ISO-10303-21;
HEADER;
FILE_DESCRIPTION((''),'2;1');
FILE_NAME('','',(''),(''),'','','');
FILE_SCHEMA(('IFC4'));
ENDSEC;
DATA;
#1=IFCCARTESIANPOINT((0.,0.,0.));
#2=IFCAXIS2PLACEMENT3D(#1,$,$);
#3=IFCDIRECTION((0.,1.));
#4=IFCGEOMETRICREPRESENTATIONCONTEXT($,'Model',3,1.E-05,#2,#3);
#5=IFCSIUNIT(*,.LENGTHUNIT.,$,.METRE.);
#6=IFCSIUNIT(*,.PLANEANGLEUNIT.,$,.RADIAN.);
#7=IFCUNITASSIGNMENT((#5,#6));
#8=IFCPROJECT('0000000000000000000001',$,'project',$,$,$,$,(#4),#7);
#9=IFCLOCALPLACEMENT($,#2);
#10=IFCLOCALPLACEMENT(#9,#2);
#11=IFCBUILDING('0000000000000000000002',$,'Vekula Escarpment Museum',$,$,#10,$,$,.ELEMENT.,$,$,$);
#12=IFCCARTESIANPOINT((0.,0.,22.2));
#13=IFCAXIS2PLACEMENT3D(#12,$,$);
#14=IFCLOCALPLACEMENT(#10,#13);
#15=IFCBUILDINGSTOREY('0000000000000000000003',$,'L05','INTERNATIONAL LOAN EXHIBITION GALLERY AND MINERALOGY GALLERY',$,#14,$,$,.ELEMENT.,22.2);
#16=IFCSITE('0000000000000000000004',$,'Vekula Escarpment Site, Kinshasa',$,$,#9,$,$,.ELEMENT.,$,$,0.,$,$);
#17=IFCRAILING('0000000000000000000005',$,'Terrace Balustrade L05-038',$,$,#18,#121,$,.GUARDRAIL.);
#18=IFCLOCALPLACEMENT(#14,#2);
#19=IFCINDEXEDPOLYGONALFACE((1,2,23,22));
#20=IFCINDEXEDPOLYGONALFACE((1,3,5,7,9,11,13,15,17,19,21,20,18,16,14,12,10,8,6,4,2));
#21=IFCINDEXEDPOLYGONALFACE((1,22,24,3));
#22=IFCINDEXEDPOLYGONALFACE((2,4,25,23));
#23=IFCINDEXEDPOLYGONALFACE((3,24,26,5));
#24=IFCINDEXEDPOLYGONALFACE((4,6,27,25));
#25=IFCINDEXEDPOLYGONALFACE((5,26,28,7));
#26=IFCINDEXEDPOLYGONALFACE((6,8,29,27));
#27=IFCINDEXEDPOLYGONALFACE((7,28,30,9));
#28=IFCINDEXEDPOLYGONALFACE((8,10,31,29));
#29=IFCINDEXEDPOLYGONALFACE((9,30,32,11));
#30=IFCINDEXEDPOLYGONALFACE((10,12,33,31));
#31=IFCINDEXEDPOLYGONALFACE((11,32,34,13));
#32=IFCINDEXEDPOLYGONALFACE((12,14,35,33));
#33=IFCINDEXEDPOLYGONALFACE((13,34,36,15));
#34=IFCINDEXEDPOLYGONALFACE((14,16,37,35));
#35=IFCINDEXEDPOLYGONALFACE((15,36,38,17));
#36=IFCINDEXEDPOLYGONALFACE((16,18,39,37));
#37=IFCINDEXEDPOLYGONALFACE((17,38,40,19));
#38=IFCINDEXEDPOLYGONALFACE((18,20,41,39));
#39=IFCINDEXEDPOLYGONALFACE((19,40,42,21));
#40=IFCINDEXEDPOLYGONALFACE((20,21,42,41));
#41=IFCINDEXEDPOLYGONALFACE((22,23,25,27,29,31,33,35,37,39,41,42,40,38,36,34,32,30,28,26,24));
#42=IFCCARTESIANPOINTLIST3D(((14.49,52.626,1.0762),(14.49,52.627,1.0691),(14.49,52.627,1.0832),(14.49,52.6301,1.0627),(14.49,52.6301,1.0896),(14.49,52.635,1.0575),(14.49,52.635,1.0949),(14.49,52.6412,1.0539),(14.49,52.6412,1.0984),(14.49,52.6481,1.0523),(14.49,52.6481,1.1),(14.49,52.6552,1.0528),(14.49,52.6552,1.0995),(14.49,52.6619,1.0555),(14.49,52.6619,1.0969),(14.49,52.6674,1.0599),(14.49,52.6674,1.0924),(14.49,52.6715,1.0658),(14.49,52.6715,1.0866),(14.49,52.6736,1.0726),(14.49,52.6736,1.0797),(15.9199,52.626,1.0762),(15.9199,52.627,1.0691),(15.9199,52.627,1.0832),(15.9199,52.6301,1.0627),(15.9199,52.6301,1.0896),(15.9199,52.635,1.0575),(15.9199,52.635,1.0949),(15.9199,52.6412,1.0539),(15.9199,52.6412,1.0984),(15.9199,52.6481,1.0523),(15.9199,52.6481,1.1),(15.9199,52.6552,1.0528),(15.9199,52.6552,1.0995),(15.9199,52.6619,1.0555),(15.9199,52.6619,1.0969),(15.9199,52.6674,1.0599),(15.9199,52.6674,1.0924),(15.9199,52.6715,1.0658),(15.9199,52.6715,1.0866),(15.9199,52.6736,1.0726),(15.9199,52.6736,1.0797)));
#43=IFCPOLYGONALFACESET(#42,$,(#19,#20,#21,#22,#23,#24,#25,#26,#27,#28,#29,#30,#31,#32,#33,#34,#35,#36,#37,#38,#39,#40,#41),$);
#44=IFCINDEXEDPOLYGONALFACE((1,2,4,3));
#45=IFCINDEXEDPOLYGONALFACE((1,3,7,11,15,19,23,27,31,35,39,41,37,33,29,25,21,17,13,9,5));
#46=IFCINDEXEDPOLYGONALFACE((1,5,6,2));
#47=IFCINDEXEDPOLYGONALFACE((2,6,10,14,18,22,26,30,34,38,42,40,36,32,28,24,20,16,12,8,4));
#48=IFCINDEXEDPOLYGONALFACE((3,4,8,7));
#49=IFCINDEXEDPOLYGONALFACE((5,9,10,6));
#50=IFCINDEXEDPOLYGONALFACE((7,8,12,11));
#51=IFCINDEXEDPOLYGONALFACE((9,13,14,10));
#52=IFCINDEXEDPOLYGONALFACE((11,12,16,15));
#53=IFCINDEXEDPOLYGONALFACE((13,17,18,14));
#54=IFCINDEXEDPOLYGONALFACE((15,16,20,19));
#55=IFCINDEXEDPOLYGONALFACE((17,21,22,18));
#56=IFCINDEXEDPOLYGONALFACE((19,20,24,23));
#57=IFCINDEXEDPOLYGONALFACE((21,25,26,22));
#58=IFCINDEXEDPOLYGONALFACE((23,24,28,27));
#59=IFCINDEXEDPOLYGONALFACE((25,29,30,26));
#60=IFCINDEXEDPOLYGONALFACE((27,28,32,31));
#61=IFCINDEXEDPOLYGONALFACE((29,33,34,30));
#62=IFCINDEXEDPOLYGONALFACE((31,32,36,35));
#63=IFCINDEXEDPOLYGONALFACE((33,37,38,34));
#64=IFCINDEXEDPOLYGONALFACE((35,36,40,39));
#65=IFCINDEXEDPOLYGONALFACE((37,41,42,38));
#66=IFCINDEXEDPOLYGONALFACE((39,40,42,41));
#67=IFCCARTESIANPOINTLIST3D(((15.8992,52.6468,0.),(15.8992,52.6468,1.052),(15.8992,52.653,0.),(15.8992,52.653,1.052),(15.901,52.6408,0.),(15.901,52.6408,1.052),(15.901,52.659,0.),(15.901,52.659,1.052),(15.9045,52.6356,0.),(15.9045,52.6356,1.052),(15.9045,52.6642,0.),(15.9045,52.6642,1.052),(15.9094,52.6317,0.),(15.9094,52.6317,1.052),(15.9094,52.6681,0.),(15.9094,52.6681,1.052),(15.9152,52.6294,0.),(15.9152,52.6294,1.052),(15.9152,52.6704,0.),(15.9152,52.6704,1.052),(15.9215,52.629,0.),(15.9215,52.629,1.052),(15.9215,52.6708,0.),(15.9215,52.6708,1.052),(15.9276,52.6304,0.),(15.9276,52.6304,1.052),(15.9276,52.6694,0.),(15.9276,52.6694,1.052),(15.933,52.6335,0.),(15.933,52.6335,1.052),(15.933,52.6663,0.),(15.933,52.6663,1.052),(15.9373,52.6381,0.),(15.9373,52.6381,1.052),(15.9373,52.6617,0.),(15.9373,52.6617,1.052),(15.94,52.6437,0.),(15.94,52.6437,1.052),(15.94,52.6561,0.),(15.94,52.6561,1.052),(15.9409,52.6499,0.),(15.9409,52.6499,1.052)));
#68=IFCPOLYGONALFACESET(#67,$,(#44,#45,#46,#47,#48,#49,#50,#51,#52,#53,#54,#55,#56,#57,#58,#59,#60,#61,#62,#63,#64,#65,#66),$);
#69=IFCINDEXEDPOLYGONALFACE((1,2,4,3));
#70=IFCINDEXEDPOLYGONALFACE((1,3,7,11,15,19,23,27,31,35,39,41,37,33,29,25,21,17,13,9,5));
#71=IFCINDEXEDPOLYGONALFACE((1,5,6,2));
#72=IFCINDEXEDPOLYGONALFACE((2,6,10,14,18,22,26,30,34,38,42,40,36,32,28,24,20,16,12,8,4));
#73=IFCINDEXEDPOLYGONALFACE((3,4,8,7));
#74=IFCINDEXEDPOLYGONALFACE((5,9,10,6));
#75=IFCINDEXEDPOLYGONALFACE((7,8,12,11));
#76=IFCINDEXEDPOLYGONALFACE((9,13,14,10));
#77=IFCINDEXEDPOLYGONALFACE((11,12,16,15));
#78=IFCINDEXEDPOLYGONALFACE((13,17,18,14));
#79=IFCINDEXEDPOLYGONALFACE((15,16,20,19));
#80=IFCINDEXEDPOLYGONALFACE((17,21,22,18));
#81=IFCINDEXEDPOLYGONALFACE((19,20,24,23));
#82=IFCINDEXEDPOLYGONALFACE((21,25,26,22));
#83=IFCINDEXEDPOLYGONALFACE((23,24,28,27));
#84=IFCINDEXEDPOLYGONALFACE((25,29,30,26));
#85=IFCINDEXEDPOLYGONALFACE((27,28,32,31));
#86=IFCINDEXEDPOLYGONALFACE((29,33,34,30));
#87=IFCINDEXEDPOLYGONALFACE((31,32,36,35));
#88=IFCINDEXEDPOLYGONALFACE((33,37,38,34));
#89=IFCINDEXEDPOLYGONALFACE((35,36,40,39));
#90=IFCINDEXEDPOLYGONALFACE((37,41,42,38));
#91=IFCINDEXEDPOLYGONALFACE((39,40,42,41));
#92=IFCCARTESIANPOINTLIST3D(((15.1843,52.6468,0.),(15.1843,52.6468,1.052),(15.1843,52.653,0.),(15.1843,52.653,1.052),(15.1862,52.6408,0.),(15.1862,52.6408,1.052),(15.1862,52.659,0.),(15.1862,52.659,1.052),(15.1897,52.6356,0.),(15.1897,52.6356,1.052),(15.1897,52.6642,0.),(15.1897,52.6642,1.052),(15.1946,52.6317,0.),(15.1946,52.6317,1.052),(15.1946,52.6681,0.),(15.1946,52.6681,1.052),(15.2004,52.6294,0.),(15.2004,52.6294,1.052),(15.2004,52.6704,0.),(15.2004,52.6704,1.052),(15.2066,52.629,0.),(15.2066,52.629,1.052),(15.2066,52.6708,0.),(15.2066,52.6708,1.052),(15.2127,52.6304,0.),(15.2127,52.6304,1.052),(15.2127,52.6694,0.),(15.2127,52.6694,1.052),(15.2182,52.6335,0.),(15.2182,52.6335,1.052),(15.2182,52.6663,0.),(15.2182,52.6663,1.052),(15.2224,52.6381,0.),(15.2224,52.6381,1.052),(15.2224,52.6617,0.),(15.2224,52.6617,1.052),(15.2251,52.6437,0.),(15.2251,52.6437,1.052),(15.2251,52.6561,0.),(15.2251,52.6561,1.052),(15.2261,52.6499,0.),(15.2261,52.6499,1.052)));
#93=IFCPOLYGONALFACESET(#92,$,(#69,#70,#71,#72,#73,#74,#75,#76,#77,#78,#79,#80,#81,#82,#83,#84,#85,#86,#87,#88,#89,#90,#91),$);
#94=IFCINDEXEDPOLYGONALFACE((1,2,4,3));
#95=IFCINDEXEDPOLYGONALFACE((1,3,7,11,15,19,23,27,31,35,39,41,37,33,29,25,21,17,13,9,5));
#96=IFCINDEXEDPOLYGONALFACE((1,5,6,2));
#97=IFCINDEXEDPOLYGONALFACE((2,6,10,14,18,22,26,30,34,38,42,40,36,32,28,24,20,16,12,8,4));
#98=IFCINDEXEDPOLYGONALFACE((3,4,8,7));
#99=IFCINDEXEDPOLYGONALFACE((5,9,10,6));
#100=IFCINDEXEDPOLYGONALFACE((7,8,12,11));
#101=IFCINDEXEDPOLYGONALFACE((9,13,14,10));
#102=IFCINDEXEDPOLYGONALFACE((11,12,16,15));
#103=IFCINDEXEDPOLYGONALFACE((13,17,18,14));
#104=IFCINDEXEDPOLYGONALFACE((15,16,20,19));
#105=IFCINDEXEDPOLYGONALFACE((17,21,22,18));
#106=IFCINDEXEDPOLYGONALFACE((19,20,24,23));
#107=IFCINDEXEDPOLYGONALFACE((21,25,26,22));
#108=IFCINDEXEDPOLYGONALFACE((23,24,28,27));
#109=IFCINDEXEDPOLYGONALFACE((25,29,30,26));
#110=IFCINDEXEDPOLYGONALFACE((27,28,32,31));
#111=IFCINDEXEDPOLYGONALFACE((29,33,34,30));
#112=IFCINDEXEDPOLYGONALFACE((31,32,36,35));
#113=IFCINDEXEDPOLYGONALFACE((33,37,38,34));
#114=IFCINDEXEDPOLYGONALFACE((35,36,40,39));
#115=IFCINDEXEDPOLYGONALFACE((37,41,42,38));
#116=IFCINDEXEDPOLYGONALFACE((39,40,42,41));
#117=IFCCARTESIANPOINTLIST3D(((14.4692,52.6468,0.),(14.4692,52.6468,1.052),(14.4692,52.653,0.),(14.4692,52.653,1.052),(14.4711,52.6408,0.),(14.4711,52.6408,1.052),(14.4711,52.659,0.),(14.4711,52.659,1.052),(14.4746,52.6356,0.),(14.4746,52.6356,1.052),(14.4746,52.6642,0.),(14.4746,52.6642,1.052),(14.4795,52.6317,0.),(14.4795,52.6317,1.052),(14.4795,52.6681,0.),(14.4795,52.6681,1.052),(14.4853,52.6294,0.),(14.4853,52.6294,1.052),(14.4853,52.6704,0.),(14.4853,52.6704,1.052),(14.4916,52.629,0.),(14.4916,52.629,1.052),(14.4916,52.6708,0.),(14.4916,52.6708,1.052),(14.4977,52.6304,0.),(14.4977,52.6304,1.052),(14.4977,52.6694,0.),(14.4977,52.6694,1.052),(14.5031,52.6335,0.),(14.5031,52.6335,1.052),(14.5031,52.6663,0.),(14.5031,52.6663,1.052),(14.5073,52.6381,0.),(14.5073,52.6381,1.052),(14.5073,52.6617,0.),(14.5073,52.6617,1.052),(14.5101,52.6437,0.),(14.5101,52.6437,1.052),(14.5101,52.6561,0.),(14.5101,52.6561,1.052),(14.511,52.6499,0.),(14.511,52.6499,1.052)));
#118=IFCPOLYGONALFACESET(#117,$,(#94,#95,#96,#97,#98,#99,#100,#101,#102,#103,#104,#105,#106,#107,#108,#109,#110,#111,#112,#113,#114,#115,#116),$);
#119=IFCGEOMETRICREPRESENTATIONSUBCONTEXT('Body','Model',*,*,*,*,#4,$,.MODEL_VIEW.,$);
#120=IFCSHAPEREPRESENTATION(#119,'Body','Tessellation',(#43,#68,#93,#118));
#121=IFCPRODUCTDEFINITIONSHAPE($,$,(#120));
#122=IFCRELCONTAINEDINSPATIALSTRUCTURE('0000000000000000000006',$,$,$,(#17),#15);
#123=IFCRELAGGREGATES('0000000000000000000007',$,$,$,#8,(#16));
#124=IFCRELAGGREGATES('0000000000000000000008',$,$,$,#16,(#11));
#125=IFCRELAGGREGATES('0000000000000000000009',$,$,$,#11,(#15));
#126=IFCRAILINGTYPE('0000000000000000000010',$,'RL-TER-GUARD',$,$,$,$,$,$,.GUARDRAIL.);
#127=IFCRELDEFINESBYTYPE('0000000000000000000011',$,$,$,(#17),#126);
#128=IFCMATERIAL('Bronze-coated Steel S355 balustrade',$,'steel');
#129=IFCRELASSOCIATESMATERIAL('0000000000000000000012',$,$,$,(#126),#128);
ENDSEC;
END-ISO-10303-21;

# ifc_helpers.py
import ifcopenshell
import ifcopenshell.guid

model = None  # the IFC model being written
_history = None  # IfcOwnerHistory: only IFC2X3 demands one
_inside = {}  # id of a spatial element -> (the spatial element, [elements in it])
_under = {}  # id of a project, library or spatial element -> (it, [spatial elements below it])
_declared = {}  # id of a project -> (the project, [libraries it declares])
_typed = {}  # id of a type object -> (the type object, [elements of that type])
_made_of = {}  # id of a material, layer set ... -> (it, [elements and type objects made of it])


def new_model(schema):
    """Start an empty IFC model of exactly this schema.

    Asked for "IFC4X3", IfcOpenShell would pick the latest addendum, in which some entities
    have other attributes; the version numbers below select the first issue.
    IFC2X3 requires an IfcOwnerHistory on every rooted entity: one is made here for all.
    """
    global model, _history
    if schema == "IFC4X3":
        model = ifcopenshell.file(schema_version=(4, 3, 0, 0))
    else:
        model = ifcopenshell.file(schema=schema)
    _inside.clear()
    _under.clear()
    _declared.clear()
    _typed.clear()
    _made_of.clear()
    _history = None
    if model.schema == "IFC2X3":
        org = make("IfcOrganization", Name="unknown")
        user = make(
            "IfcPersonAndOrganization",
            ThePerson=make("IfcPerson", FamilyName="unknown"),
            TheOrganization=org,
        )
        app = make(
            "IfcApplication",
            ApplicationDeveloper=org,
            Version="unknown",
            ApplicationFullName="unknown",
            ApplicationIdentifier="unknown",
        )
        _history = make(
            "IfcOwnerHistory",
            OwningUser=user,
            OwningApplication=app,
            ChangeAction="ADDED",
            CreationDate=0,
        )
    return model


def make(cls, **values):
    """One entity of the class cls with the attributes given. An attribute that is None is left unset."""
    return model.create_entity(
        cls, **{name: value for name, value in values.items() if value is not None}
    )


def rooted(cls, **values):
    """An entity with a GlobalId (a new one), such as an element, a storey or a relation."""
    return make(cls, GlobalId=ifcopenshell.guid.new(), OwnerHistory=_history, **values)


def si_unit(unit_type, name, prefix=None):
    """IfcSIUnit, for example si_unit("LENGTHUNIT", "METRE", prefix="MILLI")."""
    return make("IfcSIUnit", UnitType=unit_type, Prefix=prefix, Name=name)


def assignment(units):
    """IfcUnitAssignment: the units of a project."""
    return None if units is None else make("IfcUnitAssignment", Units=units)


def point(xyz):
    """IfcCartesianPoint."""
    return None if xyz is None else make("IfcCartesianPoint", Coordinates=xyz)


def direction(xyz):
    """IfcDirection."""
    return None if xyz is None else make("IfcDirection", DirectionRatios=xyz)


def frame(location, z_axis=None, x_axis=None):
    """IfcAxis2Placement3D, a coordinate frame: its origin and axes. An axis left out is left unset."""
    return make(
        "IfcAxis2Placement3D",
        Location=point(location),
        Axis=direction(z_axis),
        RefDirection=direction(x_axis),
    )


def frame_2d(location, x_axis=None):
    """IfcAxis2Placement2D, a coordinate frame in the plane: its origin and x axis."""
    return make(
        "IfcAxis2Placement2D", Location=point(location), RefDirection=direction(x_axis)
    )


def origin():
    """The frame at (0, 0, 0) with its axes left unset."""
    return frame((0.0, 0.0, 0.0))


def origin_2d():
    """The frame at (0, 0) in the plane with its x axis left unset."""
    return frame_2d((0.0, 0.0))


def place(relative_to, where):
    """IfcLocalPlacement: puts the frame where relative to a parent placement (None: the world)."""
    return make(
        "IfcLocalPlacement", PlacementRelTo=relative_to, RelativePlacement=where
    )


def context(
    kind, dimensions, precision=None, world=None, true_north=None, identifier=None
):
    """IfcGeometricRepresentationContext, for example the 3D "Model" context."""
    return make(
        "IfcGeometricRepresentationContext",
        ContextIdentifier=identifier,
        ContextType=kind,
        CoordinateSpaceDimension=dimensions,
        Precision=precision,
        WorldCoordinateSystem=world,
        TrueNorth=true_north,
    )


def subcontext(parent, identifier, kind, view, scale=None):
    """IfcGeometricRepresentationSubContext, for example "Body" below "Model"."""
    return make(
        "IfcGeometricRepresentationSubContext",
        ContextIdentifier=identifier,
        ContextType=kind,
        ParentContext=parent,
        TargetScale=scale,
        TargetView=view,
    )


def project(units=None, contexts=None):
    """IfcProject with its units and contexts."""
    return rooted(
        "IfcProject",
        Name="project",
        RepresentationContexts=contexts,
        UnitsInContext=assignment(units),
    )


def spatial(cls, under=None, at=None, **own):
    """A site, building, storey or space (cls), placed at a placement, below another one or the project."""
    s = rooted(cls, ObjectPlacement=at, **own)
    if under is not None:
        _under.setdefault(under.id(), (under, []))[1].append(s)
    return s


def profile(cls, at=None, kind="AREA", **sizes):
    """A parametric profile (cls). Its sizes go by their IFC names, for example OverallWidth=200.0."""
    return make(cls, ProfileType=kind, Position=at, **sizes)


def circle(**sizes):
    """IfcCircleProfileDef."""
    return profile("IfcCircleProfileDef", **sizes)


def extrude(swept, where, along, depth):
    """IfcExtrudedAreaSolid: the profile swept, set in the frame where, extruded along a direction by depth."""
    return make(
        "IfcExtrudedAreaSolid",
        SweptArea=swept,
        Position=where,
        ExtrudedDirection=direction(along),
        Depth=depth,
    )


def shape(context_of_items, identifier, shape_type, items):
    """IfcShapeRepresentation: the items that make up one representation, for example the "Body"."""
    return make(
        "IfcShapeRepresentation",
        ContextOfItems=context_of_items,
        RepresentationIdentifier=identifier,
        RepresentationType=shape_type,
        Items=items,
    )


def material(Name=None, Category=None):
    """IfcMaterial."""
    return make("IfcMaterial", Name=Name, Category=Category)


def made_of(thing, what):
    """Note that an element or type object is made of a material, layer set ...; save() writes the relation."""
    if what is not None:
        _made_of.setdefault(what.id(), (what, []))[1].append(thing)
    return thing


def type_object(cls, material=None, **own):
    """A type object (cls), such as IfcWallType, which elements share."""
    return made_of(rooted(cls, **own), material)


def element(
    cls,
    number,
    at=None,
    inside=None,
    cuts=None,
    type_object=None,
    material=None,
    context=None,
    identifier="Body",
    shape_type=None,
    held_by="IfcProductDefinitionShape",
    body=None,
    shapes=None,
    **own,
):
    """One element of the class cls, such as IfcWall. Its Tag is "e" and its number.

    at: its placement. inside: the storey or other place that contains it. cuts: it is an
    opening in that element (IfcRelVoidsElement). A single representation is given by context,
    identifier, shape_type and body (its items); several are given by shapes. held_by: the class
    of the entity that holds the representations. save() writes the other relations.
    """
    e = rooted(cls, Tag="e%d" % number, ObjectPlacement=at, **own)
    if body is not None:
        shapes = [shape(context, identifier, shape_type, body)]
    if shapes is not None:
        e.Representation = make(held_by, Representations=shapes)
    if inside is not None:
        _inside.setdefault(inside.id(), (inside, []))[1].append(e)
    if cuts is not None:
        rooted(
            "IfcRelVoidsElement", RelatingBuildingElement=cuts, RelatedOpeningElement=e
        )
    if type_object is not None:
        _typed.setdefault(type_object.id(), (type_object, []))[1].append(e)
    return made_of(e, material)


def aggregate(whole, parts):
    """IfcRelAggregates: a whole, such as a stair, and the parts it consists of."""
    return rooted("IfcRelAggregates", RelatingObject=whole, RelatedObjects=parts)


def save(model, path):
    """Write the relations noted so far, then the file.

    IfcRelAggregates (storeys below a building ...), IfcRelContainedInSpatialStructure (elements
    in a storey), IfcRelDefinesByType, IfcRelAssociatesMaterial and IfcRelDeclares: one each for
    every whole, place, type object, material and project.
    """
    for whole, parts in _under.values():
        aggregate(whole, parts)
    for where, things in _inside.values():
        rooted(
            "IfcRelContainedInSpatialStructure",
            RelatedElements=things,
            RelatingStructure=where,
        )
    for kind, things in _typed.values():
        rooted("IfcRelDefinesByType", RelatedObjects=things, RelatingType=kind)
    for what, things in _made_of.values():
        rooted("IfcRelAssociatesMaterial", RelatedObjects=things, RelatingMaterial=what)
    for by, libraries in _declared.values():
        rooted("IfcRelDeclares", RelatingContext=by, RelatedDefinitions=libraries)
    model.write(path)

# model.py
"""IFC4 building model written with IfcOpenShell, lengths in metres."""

from ifc_helpers import new_model, si_unit, direction, frame, origin, origin_2d, place, context, subcontext, project, spatial, circle, extrude, material, type_object, element, save


model = new_model("IFC4")

# Units and contexts
model_context = context("Model", 3, precision=1e-05, world=origin(), true_north=direction((0.0, 1.0)))
body_context = subcontext(model_context, "Body", "Model", "MODEL_VIEW")
ifc_project = project(units=[si_unit("LENGTHUNIT", "METRE"), si_unit("PLANEANGLEUNIT", "RADIAN")], contexts=[model_context])

# Site, building, storey
site_placement = place(None, origin())
site = spatial("IfcSite", under=ifc_project, at=site_placement, Name="Vekula Escarpment Site, Kinshasa", CompositionType="ELEMENT", RefElevation=0.0)
building_placement = place(site_placement, origin())
building = spatial("IfcBuilding", under=site, at=building_placement, Name="Vekula Escarpment Museum", CompositionType="ELEMENT")
storey_placement = place(building_placement, frame((0.0, 0.0, 22.2)))
storey = spatial("IfcBuildingStorey", under=building, at=storey_placement, Name="L05", Description="INTERNATIONAL LOAN EXHIBITION GALLERY AND MINERALOGY GALLERY", CompositionType="ELEMENT", Elevation=22.2)

# Railing
ifc_material_1 = material(Name="Bronze-coated Steel S355 balustrade", Category="steel")
railing_type_1 = type_object("IfcRailingType", Name="RL-TER-GUARD", PredefinedType="GUARDRAIL", material=ifc_material_1)
railing_1_placement = place(storey_placement, frame((15.9199, 52.6499, 0.0)))
element("IfcRailing", 1, at=railing_1_placement, inside=storey, type_object=railing_type_1, Name="Terrace Balustrade L05-038", PredefinedType="GUARDRAIL", context=body_context, shape_type="SweptSolid", body=[
    extrude(circle(Radius=0.0239, at=origin_2d()), frame((0.0, 0.0, 1.0762), z_axis=(-1.0, 0.0, 0.0), x_axis=(0.0, -1.0, 0.0)), (0.0, 0.0, 1.0), 1.4299),
    extrude(circle(Radius=0.021, at=origin_2d()), origin(), (0.0, 0.0, 1.0), 1.052),
    extrude(circle(Radius=0.021, at=origin_2d()), frame((-0.7148, 0.0, 0.0)), (0.0, 0.0, 1.0), 1.052),
    extrude(circle(Radius=0.021, at=origin_2d()), frame((-1.4299, 0.0, 0.0)), (0.0, 0.0, 1.0), 1.052),
])

save(model, "model.ifc")
